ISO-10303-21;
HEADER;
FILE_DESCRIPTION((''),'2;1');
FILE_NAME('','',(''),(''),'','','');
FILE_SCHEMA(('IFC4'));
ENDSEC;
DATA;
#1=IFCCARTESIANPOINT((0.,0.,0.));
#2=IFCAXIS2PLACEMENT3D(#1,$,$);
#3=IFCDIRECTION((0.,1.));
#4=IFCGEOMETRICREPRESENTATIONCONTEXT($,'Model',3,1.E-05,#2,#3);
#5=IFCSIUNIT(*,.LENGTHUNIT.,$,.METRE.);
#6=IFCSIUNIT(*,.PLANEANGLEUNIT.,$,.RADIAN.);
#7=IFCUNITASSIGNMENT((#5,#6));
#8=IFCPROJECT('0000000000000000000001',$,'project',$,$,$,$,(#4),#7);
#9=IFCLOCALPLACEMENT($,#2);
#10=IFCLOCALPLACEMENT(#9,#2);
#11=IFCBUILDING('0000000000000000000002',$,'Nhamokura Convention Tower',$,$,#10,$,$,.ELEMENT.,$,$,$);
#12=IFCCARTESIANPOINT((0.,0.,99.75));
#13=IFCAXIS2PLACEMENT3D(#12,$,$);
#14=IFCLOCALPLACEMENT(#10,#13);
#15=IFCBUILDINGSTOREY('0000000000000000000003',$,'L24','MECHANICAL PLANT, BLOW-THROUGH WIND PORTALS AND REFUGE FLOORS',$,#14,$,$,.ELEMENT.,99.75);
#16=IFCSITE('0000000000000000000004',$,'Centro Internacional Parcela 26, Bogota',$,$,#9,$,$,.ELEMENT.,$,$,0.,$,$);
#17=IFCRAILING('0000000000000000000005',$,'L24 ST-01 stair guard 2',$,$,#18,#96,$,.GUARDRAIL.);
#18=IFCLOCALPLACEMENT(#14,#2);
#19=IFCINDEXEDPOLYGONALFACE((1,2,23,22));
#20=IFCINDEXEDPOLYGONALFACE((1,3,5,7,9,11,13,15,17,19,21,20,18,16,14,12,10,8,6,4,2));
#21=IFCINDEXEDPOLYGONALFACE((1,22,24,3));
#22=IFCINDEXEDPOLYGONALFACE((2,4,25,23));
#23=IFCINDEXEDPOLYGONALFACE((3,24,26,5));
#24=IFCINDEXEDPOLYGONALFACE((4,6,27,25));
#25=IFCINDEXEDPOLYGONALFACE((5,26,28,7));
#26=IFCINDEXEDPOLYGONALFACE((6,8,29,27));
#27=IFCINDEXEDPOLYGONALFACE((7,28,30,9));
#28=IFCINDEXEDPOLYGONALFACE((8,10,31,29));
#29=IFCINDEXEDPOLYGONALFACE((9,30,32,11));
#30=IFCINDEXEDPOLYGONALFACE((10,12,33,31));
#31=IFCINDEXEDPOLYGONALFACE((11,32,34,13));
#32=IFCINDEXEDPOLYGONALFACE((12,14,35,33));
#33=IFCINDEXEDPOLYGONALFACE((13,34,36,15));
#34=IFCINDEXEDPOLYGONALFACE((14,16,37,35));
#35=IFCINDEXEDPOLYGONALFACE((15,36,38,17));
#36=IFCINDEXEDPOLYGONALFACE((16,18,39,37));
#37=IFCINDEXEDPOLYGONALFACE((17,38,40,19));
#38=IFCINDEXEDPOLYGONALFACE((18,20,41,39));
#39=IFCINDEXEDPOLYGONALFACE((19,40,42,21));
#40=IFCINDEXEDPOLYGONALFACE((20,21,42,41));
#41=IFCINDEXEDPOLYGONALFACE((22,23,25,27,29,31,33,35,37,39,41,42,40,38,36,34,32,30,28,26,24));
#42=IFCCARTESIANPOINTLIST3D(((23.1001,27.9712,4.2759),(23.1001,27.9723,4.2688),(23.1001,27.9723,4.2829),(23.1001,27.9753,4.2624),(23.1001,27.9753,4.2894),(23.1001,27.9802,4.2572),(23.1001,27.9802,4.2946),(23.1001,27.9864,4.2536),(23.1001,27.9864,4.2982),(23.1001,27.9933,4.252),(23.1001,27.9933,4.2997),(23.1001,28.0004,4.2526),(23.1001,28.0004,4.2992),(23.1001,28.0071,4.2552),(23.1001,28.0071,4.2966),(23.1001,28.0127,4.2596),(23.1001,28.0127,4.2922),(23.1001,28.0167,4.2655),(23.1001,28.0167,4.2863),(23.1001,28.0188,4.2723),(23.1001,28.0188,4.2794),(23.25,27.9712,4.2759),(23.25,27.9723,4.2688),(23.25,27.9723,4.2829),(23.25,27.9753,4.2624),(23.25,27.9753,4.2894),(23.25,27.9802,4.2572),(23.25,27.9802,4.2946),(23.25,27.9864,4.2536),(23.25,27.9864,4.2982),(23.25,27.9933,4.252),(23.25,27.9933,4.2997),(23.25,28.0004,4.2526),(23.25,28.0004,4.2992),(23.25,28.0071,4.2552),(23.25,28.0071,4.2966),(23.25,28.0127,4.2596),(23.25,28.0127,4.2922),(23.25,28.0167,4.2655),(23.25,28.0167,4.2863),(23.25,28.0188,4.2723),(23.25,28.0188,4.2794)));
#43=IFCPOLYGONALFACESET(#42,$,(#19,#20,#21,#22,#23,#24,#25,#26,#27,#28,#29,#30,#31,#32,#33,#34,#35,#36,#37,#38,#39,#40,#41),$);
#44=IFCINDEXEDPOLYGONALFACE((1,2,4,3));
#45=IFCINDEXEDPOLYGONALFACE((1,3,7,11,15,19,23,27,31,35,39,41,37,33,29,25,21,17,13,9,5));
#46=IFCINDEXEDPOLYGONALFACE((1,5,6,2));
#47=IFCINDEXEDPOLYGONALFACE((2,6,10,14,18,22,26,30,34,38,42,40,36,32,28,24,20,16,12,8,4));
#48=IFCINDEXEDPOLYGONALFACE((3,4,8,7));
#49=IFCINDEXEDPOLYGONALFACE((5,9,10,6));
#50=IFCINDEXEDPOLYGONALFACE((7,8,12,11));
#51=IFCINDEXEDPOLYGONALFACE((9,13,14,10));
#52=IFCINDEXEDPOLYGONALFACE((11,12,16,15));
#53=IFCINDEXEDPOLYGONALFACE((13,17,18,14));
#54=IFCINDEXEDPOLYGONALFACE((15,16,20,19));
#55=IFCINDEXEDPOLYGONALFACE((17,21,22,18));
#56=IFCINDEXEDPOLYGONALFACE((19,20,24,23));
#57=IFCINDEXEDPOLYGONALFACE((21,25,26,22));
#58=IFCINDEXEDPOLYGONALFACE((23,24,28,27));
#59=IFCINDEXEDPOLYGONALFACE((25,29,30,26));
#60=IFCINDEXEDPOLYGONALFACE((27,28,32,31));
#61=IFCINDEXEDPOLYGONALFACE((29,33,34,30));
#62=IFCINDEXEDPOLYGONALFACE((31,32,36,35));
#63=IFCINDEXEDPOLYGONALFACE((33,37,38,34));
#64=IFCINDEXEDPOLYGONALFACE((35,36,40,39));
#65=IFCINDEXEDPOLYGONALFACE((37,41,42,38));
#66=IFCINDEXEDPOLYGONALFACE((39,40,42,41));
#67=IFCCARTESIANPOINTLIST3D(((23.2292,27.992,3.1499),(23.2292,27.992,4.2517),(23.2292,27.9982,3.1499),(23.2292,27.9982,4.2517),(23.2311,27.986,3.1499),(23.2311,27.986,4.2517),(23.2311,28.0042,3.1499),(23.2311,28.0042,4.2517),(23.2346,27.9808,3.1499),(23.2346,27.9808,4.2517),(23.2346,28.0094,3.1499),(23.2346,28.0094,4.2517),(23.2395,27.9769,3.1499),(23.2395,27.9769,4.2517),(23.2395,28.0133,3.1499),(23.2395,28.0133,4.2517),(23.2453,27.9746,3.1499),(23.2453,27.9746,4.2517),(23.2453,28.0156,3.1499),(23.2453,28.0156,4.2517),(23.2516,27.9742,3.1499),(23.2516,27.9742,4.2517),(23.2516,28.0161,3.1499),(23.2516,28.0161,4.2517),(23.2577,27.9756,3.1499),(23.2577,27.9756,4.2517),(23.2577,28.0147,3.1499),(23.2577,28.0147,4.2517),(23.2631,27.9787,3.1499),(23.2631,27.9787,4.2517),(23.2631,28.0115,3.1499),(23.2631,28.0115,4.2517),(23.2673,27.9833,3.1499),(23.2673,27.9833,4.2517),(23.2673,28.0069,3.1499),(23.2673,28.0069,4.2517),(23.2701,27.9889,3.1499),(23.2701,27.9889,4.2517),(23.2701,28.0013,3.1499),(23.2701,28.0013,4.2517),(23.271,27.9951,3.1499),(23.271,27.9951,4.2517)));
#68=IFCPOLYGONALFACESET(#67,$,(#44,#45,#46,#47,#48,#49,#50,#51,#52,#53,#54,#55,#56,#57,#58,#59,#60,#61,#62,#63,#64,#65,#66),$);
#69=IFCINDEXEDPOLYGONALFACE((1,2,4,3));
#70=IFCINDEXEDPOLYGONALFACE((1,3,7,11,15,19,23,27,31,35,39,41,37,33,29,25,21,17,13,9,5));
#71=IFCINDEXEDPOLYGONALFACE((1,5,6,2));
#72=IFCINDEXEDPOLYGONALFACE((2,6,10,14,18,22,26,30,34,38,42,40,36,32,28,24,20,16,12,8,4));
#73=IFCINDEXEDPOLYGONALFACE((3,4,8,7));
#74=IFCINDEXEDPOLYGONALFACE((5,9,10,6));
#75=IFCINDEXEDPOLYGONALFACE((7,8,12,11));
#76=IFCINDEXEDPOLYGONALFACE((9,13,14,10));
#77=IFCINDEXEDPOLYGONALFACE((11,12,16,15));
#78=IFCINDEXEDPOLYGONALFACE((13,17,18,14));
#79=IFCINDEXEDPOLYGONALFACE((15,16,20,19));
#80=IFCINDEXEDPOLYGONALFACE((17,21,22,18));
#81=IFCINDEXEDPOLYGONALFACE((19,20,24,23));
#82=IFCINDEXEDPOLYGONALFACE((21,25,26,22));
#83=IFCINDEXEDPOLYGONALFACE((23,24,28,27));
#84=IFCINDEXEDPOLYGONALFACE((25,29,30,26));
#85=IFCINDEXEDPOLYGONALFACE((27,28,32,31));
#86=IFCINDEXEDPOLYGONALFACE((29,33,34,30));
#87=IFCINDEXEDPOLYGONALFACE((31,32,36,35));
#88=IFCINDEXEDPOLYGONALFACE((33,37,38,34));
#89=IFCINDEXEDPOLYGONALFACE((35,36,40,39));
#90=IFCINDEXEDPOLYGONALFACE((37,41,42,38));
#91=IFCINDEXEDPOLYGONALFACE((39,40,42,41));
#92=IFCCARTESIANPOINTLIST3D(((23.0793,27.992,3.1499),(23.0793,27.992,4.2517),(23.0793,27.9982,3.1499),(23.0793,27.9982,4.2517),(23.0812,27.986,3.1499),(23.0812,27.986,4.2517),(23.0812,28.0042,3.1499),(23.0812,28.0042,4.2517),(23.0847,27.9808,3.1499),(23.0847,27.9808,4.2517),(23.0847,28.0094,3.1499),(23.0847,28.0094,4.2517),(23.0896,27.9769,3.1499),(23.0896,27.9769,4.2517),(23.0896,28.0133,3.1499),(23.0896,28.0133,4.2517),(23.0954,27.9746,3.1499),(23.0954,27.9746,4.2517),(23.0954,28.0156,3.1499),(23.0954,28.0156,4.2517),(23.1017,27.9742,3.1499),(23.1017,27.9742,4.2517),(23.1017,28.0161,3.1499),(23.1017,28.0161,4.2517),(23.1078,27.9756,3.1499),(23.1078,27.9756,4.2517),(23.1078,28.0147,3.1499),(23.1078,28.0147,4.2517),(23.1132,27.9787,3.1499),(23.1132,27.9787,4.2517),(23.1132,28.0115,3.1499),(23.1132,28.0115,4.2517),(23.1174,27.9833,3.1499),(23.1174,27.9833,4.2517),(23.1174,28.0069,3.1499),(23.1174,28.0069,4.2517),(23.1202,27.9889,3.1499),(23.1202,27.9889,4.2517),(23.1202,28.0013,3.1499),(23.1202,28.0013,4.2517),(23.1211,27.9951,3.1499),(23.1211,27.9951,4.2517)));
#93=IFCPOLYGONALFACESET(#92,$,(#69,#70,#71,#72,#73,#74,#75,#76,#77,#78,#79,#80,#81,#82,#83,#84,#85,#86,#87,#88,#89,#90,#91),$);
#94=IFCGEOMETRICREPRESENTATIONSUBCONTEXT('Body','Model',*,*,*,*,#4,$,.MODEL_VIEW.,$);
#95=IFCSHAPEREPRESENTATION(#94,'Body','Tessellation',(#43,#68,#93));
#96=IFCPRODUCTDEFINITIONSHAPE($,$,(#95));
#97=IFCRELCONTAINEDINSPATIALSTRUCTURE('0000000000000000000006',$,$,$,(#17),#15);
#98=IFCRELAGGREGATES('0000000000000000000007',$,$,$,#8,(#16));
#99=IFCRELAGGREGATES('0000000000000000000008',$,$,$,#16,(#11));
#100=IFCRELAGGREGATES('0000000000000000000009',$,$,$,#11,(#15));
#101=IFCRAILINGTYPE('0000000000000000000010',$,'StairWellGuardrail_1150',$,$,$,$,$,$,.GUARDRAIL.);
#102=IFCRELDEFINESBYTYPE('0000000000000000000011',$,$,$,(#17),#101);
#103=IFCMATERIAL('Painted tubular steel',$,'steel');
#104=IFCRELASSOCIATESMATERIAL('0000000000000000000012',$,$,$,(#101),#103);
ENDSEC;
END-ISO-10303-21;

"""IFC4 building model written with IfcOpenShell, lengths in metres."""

from ifc_helpers import new_model, si_unit, direction, frame, origin, origin_2d, place, context, subcontext, project, spatial, circle, extrude, material, type_object, element, save


model = new_model("IFC4")

# Units and contexts
model_context = context("Model", 3, precision=1e-05, world=origin(), true_north=direction((0.0, 1.0)))
body_context = subcontext(model_context, "Body", "Model", "MODEL_VIEW")
ifc_project = project(units=[si_unit("LENGTHUNIT", "METRE"), si_unit("PLANEANGLEUNIT", "RADIAN")], contexts=[model_context])

# Site, building, storey
site_placement = place(None, origin())
site = spatial("IfcSite", under=ifc_project, at=site_placement, Name="Centro Internacional Parcela 26, Bogota", CompositionType="ELEMENT", RefElevation=0.0)
building_placement = place(site_placement, origin())
building = spatial("IfcBuilding", under=site, at=building_placement, Name="Nhamokura Convention Tower", CompositionType="ELEMENT")
storey_placement = place(building_placement, frame((0.0, 0.0, 99.75)))
storey = spatial("IfcBuildingStorey", under=building, at=storey_placement, Name="L24", Description="MECHANICAL PLANT, BLOW-THROUGH WIND PORTALS AND REFUGE FLOORS", CompositionType="ELEMENT", Elevation=99.75)

# Railing
ifc_material_1 = material(Name="Painted tubular steel", Category="steel")
railing_type_1 = type_object("IfcRailingType", Name="StairWellGuardrail_1150", PredefinedType="GUARDRAIL", material=ifc_material_1)
railing_1_placement = place(storey_placement, frame((23.25, 27.9951, 3.1499)))
element("IfcRailing", 1, at=railing_1_placement, inside=storey, type_object=railing_type_1, Name="L24 ST-01 stair guard 2", PredefinedType="GUARDRAIL", context=body_context, shape_type="SweptSolid", body=[
    extrude(circle(Radius=0.0239, at=origin_2d()), frame((0.0, 0.0, 1.126), z_axis=(-1.0, 0.0, 0.0), x_axis=(0.0, -1.0, 0.0)), (0.0, 0.0, 1.0), 0.1499),
    extrude(circle(Radius=0.021, at=origin_2d()), origin(), (0.0, 0.0, 1.0), 1.1018),
    extrude(circle(Radius=0.021, at=origin_2d()), frame((-0.1499, 0.0, 0.0)), (0.0, 0.0, 1.0), 1.1018),
])

save(model, "model.ifc")
